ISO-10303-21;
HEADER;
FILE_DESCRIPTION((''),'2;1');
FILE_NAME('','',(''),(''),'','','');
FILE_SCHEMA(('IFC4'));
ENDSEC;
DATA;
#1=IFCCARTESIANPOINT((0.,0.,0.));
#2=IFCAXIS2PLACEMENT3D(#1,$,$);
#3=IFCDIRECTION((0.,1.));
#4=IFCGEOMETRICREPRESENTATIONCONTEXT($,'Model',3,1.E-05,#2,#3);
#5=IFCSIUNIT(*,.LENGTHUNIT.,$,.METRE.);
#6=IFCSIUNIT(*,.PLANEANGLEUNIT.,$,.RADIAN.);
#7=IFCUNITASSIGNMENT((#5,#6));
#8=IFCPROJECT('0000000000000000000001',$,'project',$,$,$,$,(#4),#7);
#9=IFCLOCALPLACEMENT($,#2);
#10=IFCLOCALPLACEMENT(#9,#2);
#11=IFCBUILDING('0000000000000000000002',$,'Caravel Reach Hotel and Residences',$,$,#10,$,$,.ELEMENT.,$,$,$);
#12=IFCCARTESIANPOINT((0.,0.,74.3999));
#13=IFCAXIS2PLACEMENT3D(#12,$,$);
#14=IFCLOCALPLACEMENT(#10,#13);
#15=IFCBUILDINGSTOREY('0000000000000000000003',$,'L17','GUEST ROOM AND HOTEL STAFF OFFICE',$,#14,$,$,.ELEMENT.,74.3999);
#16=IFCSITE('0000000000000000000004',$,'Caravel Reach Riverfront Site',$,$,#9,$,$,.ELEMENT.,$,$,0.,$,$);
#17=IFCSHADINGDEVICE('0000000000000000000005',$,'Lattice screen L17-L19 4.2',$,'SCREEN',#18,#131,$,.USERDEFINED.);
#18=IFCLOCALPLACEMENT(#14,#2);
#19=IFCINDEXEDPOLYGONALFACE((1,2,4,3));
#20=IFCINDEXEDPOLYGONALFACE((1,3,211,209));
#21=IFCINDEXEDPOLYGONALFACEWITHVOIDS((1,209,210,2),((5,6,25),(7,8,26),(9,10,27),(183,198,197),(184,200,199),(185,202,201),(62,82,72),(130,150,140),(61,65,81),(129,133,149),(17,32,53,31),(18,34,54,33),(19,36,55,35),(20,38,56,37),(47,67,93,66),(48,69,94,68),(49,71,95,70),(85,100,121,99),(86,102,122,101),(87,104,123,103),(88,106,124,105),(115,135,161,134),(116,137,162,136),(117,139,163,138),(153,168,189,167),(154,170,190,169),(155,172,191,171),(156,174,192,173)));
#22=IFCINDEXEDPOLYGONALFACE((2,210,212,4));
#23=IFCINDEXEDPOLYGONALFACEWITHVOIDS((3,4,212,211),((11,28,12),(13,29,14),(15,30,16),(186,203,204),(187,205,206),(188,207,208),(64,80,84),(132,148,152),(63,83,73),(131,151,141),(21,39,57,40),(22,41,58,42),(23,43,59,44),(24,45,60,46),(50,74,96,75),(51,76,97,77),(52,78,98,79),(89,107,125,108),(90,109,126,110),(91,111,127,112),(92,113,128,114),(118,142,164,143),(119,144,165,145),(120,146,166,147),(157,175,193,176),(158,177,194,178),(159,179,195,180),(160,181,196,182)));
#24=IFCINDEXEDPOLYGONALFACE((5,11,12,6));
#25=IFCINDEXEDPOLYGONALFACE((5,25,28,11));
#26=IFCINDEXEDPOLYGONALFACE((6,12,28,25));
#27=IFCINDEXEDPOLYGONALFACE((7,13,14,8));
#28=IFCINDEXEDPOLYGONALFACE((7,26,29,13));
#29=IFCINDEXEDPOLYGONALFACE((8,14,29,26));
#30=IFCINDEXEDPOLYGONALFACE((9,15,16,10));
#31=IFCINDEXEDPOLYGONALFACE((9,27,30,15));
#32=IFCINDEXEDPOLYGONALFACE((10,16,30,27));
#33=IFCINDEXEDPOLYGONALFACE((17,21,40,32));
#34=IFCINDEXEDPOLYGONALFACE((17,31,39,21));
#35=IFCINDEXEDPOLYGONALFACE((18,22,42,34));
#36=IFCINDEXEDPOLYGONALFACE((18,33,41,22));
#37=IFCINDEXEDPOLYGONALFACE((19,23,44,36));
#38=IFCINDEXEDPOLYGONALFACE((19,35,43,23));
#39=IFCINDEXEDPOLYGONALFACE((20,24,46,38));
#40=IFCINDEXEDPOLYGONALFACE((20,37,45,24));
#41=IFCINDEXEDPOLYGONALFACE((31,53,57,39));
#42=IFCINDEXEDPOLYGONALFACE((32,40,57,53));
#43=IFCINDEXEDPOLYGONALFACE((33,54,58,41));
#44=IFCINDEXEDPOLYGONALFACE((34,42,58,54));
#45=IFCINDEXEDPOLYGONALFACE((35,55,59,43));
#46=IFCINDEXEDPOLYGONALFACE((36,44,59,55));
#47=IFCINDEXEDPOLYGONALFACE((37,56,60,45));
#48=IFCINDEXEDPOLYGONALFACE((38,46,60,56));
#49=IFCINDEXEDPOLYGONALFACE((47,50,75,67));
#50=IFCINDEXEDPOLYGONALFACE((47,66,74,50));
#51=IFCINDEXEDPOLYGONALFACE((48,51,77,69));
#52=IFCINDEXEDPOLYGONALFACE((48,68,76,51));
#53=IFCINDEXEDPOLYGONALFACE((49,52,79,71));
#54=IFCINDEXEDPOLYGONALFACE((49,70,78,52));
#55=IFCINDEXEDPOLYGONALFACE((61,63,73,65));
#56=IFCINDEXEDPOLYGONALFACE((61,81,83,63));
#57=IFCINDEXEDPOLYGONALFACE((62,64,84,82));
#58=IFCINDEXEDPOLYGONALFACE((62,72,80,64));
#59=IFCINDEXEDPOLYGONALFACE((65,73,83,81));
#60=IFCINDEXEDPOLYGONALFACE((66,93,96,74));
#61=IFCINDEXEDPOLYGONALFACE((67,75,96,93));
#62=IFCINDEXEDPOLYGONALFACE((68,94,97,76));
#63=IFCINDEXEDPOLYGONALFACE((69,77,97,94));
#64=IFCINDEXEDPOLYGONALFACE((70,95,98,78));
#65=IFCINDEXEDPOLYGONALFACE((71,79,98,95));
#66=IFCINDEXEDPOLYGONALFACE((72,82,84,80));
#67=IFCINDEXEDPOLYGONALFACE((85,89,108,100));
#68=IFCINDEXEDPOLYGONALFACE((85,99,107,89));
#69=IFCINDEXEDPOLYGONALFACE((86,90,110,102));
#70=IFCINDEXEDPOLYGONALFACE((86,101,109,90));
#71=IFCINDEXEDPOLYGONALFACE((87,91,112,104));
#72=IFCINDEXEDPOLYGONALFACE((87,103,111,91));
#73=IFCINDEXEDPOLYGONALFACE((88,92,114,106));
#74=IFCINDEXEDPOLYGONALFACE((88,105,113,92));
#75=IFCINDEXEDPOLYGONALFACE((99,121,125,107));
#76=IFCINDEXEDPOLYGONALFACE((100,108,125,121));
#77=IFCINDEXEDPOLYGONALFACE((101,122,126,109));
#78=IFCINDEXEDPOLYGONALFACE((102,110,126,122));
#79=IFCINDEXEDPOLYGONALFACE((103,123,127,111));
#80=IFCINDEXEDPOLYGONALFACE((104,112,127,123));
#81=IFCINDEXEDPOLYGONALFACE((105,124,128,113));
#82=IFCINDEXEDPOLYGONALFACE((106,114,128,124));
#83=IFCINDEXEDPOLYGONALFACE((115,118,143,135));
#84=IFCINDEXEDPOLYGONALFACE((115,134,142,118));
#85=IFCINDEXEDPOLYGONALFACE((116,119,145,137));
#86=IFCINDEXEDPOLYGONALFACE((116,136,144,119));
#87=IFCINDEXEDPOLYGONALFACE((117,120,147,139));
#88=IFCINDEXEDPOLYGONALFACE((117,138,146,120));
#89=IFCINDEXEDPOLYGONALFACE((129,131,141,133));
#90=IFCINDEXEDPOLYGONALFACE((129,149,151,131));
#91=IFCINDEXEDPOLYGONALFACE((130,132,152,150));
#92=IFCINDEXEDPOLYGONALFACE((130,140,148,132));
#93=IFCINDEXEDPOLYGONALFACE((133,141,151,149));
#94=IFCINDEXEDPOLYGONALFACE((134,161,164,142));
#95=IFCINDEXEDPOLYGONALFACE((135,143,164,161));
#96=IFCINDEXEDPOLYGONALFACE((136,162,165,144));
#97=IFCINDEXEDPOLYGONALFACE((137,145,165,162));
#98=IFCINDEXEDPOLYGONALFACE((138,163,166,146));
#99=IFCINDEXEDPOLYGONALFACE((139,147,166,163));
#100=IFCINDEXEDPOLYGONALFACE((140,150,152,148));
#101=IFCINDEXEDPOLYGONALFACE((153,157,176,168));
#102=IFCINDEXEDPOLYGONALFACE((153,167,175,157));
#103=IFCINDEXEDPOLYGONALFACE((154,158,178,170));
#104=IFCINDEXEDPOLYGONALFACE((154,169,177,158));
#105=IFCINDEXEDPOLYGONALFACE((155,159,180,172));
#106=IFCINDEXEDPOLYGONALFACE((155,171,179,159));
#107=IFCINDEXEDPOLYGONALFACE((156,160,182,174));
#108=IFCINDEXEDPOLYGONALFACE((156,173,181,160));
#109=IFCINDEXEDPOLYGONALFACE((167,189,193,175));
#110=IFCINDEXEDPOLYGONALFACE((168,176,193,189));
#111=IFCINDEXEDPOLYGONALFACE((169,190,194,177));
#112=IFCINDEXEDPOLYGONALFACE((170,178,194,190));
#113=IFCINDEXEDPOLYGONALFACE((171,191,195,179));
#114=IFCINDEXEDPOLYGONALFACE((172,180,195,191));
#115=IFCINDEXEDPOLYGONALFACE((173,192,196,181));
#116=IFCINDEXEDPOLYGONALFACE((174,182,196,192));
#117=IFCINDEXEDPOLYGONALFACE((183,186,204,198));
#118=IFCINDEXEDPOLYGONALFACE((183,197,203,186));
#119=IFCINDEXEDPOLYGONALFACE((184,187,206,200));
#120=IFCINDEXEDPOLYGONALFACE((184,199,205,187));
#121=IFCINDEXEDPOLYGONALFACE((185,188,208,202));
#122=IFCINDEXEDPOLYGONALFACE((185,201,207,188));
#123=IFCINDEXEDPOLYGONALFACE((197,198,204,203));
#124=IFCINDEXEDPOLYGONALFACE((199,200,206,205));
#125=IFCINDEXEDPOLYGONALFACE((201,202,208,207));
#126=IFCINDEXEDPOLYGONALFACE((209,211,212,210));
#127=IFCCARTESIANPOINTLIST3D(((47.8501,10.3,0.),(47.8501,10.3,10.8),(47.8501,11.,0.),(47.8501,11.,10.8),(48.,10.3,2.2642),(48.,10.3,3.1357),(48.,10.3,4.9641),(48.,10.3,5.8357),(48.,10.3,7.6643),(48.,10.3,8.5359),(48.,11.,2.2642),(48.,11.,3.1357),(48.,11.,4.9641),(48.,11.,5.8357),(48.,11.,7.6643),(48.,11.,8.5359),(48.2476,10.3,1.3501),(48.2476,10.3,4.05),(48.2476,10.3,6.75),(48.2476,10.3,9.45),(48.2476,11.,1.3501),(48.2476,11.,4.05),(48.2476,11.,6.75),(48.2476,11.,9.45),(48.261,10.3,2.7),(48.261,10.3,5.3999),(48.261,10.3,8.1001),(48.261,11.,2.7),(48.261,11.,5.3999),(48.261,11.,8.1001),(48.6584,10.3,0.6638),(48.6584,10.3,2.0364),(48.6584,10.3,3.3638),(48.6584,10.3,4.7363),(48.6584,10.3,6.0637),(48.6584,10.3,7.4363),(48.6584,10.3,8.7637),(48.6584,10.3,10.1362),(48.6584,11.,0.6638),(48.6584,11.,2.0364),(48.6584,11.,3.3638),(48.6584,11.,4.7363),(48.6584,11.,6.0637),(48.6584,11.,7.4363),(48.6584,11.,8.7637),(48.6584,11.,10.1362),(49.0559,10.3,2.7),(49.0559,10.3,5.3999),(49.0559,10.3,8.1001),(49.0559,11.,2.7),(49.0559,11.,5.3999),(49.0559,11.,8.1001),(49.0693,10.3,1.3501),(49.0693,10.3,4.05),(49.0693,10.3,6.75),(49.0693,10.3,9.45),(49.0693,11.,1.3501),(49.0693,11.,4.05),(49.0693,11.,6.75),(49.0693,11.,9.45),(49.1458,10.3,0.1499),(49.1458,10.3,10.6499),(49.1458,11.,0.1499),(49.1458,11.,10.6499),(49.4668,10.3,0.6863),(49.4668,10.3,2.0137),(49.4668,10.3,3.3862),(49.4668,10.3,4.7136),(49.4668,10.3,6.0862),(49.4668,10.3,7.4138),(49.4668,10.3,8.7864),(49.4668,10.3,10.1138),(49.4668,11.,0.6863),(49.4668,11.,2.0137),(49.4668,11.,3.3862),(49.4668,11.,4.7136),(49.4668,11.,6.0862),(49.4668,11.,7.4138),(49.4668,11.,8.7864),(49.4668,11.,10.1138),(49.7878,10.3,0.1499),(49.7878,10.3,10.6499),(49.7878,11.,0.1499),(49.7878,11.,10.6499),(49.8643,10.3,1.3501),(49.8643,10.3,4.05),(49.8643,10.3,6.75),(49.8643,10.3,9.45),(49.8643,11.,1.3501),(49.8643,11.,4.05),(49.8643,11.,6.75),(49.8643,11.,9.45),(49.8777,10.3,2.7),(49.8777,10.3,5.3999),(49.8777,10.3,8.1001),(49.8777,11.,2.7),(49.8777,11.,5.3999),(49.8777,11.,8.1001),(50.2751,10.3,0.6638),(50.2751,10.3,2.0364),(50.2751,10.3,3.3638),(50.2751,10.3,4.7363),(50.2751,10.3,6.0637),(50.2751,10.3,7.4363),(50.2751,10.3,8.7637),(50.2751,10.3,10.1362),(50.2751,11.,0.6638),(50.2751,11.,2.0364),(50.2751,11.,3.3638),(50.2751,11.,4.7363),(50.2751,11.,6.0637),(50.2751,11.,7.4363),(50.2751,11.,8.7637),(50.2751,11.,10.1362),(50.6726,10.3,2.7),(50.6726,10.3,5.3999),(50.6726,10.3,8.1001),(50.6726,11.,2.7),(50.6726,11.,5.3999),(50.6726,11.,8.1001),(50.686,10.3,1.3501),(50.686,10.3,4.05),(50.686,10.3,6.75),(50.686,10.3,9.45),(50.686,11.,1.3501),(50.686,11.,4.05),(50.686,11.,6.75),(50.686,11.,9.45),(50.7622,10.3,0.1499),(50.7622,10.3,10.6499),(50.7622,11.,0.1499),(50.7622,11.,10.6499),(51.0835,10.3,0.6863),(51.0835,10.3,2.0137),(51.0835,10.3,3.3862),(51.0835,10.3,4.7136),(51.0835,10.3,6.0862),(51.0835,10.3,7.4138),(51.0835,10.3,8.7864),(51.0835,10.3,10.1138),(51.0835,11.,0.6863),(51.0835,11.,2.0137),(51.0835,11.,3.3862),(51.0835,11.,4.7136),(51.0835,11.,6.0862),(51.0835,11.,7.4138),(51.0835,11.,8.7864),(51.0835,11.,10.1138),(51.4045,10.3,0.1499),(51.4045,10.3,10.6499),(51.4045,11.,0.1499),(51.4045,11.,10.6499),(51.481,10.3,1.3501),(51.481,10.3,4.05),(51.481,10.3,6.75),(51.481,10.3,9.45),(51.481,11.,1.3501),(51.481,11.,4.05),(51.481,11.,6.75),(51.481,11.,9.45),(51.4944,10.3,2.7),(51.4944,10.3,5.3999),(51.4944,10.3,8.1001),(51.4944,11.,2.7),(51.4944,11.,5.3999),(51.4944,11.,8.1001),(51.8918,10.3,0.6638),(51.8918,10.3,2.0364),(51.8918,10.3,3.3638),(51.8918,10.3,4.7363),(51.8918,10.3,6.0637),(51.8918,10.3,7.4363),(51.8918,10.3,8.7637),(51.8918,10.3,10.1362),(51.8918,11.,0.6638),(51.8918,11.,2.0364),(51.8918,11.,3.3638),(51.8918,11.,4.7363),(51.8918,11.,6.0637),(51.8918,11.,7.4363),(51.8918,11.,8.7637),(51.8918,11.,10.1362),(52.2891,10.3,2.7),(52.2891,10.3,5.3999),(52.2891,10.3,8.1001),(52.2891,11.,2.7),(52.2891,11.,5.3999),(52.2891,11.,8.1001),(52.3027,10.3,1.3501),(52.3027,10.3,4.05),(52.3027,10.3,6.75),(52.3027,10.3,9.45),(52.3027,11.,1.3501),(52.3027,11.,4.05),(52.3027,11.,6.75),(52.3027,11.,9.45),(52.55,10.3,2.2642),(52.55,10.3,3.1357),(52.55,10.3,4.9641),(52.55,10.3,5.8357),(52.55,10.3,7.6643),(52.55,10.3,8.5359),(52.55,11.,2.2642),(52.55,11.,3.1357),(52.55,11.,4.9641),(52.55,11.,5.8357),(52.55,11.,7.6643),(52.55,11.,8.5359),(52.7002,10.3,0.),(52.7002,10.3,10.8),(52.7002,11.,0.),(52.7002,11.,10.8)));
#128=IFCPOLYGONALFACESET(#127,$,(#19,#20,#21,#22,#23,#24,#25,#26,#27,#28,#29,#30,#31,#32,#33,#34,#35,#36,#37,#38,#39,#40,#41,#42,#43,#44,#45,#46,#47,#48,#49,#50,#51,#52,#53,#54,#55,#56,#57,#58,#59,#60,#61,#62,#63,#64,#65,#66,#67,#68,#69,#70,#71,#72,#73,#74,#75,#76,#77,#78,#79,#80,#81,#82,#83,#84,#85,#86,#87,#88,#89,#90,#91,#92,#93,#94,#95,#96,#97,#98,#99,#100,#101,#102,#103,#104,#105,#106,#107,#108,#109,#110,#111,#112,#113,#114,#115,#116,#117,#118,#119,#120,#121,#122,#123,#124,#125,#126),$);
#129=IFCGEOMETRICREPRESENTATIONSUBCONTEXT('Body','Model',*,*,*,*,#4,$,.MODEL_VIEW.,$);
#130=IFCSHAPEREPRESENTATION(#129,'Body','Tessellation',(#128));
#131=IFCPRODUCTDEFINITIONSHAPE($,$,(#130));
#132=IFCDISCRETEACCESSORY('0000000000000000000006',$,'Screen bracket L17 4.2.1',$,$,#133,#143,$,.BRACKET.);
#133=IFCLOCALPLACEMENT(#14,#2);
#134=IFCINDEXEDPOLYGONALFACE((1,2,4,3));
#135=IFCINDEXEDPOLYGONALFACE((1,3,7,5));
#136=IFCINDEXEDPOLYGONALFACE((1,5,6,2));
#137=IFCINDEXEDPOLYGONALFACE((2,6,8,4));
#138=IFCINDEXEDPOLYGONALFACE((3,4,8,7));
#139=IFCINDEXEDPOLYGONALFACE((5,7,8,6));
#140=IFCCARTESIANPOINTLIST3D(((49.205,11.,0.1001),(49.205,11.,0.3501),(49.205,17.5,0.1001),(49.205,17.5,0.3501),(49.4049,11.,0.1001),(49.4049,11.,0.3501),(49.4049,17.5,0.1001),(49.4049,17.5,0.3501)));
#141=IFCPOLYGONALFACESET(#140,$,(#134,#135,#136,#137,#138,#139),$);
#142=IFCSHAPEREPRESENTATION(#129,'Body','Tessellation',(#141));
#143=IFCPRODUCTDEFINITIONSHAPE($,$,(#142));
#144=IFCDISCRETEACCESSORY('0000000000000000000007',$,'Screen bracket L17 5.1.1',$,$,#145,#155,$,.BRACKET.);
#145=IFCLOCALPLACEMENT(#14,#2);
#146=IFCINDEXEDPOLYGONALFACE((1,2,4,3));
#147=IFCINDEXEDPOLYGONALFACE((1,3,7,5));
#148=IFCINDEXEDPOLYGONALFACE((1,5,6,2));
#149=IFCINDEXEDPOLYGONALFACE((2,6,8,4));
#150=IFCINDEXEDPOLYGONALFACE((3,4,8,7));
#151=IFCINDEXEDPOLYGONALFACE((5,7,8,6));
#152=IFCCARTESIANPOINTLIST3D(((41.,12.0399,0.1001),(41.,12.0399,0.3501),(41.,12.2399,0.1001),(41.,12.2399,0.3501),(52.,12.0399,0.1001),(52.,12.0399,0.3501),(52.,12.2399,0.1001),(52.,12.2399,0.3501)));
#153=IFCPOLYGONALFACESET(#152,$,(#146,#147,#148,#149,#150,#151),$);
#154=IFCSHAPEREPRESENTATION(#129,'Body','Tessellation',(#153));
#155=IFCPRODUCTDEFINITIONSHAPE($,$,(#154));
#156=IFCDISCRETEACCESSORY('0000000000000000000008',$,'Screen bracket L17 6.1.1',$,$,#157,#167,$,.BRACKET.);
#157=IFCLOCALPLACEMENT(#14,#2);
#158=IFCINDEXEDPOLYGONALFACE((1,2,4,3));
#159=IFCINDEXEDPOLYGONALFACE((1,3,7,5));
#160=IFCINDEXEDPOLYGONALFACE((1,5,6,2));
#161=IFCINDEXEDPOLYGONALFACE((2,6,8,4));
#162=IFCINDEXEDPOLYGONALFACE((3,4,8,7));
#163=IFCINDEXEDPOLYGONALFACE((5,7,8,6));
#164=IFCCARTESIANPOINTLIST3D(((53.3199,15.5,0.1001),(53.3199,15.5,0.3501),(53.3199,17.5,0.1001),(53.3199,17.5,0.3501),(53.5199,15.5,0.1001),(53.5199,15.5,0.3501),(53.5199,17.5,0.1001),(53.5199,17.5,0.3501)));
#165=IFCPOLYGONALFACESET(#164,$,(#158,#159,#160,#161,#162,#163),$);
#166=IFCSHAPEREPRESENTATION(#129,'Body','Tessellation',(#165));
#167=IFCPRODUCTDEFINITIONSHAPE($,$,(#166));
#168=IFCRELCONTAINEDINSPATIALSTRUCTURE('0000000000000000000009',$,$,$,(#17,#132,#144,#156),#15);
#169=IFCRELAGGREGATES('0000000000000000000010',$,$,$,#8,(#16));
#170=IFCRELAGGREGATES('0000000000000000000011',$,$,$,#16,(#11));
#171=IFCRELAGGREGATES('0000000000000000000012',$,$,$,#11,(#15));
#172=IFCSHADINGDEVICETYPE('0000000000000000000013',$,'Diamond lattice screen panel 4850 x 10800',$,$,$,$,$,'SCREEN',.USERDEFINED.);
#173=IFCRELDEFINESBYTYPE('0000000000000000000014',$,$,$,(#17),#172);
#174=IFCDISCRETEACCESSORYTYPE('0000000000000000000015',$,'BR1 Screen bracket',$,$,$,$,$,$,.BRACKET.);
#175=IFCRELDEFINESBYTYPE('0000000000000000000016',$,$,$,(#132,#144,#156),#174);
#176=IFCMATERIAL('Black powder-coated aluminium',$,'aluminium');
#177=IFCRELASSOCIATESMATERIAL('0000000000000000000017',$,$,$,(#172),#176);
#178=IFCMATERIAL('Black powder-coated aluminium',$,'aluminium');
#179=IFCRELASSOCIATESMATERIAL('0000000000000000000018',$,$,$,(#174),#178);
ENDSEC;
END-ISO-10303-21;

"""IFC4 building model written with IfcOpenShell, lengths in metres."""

from ifc_helpers import new_model, si_unit, direction, frame, origin, origin_2d, place, context, subcontext, project, spatial, polyline, rectangle, outline, extrude, material, type_object, element, save


model = new_model("IFC4")

# Units and contexts
model_context = context("Model", 3, precision=1e-05, world=origin(), true_north=direction((0.0, 1.0)))
body_context = subcontext(model_context, "Body", "Model", "MODEL_VIEW")
ifc_project = project(units=[si_unit("LENGTHUNIT", "METRE"), si_unit("PLANEANGLEUNIT", "RADIAN")], contexts=[model_context])

# Site, building, storey
site_placement = place(None, origin())
site = spatial("IfcSite", under=ifc_project, at=site_placement, Name="Caravel Reach Riverfront Site", CompositionType="ELEMENT", RefElevation=0.0)
building_placement = place(site_placement, origin())
building = spatial("IfcBuilding", under=site, at=building_placement, Name="Caravel Reach Hotel and Residences", CompositionType="ELEMENT")
storey_placement = place(building_placement, frame((0.0, 0.0, 74.3999)))
storey = spatial("IfcBuildingStorey", under=building, at=storey_placement, Name="L17", Description="GUEST ROOM AND HOTEL STAFF OFFICE", CompositionType="ELEMENT", Elevation=74.3999)

# Shading device
ifc_material_1 = material(Name="Black powder-coated aluminium", Category="aluminium")
shading_device_type_1 = type_object("IfcShadingDeviceType", Name="Diamond lattice screen panel 4850 x 10800", ElementType="SCREEN", PredefinedType="USERDEFINED", material=ifc_material_1)
shading_device_1_placement = place(storey_placement, frame((47.8501, 11.0, 0.0), z_axis=(0.0, -1.0, 0.0), x_axis=(1.0, 0.0, 0.0)))
element("IfcShadingDevice", 1, at=shading_device_1_placement, inside=storey, type_object=shading_device_type_1, Name="Lattice screen L17-L19 4.2", ObjectType="SCREEN", PredefinedType="USERDEFINED", context=body_context, shape_type="SweptSolid", body=[
    extrude(outline(polyline([(0.0, 0.0), (4.8501, 0.0), (4.8501, 10.8), (0.0, 10.8), (0.0, 0.0)]), holes=[polyline([(0.4109, 2.7), (0.1499, 3.1357), (0.1499, 2.2642), (0.4109, 2.7)]), polyline([(0.4109, 5.3999), (0.1499, 5.8357), (0.1499, 4.9641), (0.4109, 5.3999)]), polyline([(0.4109, 8.1001), (0.1499, 8.5359), (0.1499, 7.6643), (0.4109, 8.1001)]), polyline([(0.8083, 2.0364), (0.3975, 1.3501), (0.8083, 0.6638), (1.2192, 1.3501), (0.8083, 2.0364)]), polyline([(0.8083, 4.7363), (0.3975, 4.05), (0.8083, 3.3638), (1.2192, 4.05), (0.8083, 4.7363)]), polyline([(0.8083, 7.4363), (0.3975, 6.75), (0.8083, 6.0637), (1.2192, 6.75), (0.8083, 7.4363)]), polyline([(0.8083, 10.1362), (0.3975, 9.45), (0.8083, 8.7637), (1.2192, 9.45), (0.8083, 10.1362)]), polyline([(1.6167, 0.6863), (1.2957, 0.1499), (1.9377, 0.1499), (1.6167, 0.6863)]), polyline([(1.6167, 3.3862), (1.2058, 2.7), (1.6167, 2.0137), (2.0276, 2.7), (1.6167, 3.3862)]), polyline([(1.6167, 6.0862), (1.2058, 5.3999), (1.6167, 4.7136), (2.0276, 5.3999), (1.6167, 6.0862)]), polyline([(1.6167, 8.7864), (1.2058, 8.1001), (1.6167, 7.4138), (2.0276, 8.1001), (1.6167, 8.7864)]), polyline([(1.6167, 10.1138), (1.9377, 10.6499), (1.2957, 10.6499), (1.6167, 10.1138)]), polyline([(2.425, 2.0364), (2.0142, 1.3501), (2.425, 0.6638), (2.8359, 1.3501), (2.425, 2.0364)]), polyline([(2.425, 4.7363), (2.0142, 4.05), (2.425, 3.3638), (2.8359, 4.05), (2.425, 4.7363)]), polyline([(2.425, 7.4363), (2.0142, 6.75), (2.425, 6.0637), (2.8359, 6.75), (2.425, 7.4363)]), polyline([(2.425, 10.1362), (2.0142, 9.45), (2.425, 8.7637), (2.8359, 9.45), (2.425, 10.1362)]), polyline([(3.2334, 0.6863), (2.9121, 0.1499), (3.5544, 0.1499), (3.2334, 0.6863)]), polyline([(3.2334, 3.3862), (2.8225, 2.7), (3.2334, 2.0137), (3.6443, 2.7), (3.2334, 3.3862)]), polyline([(3.2334, 6.0862), (2.8225, 5.3999), (3.2334, 4.7136), (3.6443, 5.3999), (3.2334, 6.0862)]), polyline([(3.2334, 8.7864), (2.8225, 8.1001), (3.2334, 7.4138), (3.6443, 8.1001), (3.2334, 8.7864)]), polyline([(3.2334, 10.1138), (3.5544, 10.6499), (2.9121, 10.6499), (3.2334, 10.1138)]), polyline([(4.0417, 2.0364), (3.6309, 1.3501), (4.0417, 0.6638), (4.4526, 1.3501), (4.0417, 2.0364)]), polyline([(4.0417, 4.7363), (3.6309, 4.05), (4.0417, 3.3638), (4.4526, 4.05), (4.0417, 4.7363)]), polyline([(4.0417, 7.4363), (3.6309, 6.75), (4.0417, 6.0637), (4.4526, 6.75), (4.0417, 7.4363)]), polyline([(4.0417, 10.1362), (3.6309, 9.45), (4.0417, 8.7637), (4.4526, 9.45), (4.0417, 10.1362)]), polyline([(4.439, 2.7), (4.7, 2.2642), (4.7, 3.1357), (4.439, 2.7)]), polyline([(4.439, 5.3999), (4.7, 4.9641), (4.7, 5.8357), (4.439, 5.3999)]), polyline([(4.439, 8.1001), (4.7, 7.6643), (4.7, 8.5359), (4.439, 8.1001)])]), origin(), (0.0, 0.0, 1.0), 0.7),
])

# Discrete accessories
ifc_material_2 = material(Name="Black powder-coated aluminium", Category="aluminium")
discrete_accessory_type = type_object("IfcDiscreteAccessoryType", Name="BR1 Screen bracket", PredefinedType="BRACKET", material=ifc_material_2)
discrete_accessory_1_placement = place(storey_placement, frame((49.3049, 14.25, 0.1001), z_axis=(0.0, 0.0, 1.0), x_axis=(0.0, -1.0, 0.0)))
element("IfcDiscreteAccessory", 2, at=discrete_accessory_1_placement, inside=storey, type_object=discrete_accessory_type, Name="Screen bracket L17 4.2.1", PredefinedType="BRACKET", context=body_context, shape_type="SweptSolid", body=[
    extrude(rectangle(XDim=6.5, YDim=0.2, at=origin_2d()), origin(), (0.0, 0.0, 1.0), 0.25),
])
discrete_accessory_2_placement = place(storey_placement, frame((46.5, 12.1399, 0.1001), z_axis=(0.0, 0.0, 1.0), x_axis=(1.0, 0.0, 0.0)))
element("IfcDiscreteAccessory", 3, at=discrete_accessory_2_placement, inside=storey, type_object=discrete_accessory_type, Name="Screen bracket L17 5.1.1", PredefinedType="BRACKET", context=body_context, shape_type="SweptSolid", body=[
    extrude(rectangle(XDim=11.0, YDim=0.2, at=origin_2d()), origin(), (0.0, 0.0, 1.0), 0.25),
])
discrete_accessory_3_placement = place(storey_placement, frame((53.4199, 16.5, 0.1001), z_axis=(0.0, 0.0, 1.0), x_axis=(0.0, -1.0, 0.0)))
element("IfcDiscreteAccessory", 4, at=discrete_accessory_3_placement, inside=storey, type_object=discrete_accessory_type, Name="Screen bracket L17 6.1.1", PredefinedType="BRACKET", context=body_context, shape_type="SweptSolid", body=[
    extrude(rectangle(XDim=2.0, YDim=0.2, at=origin_2d()), origin(), (0.0, 0.0, 1.0), 0.25),
])

save(model, "model.ifc")
